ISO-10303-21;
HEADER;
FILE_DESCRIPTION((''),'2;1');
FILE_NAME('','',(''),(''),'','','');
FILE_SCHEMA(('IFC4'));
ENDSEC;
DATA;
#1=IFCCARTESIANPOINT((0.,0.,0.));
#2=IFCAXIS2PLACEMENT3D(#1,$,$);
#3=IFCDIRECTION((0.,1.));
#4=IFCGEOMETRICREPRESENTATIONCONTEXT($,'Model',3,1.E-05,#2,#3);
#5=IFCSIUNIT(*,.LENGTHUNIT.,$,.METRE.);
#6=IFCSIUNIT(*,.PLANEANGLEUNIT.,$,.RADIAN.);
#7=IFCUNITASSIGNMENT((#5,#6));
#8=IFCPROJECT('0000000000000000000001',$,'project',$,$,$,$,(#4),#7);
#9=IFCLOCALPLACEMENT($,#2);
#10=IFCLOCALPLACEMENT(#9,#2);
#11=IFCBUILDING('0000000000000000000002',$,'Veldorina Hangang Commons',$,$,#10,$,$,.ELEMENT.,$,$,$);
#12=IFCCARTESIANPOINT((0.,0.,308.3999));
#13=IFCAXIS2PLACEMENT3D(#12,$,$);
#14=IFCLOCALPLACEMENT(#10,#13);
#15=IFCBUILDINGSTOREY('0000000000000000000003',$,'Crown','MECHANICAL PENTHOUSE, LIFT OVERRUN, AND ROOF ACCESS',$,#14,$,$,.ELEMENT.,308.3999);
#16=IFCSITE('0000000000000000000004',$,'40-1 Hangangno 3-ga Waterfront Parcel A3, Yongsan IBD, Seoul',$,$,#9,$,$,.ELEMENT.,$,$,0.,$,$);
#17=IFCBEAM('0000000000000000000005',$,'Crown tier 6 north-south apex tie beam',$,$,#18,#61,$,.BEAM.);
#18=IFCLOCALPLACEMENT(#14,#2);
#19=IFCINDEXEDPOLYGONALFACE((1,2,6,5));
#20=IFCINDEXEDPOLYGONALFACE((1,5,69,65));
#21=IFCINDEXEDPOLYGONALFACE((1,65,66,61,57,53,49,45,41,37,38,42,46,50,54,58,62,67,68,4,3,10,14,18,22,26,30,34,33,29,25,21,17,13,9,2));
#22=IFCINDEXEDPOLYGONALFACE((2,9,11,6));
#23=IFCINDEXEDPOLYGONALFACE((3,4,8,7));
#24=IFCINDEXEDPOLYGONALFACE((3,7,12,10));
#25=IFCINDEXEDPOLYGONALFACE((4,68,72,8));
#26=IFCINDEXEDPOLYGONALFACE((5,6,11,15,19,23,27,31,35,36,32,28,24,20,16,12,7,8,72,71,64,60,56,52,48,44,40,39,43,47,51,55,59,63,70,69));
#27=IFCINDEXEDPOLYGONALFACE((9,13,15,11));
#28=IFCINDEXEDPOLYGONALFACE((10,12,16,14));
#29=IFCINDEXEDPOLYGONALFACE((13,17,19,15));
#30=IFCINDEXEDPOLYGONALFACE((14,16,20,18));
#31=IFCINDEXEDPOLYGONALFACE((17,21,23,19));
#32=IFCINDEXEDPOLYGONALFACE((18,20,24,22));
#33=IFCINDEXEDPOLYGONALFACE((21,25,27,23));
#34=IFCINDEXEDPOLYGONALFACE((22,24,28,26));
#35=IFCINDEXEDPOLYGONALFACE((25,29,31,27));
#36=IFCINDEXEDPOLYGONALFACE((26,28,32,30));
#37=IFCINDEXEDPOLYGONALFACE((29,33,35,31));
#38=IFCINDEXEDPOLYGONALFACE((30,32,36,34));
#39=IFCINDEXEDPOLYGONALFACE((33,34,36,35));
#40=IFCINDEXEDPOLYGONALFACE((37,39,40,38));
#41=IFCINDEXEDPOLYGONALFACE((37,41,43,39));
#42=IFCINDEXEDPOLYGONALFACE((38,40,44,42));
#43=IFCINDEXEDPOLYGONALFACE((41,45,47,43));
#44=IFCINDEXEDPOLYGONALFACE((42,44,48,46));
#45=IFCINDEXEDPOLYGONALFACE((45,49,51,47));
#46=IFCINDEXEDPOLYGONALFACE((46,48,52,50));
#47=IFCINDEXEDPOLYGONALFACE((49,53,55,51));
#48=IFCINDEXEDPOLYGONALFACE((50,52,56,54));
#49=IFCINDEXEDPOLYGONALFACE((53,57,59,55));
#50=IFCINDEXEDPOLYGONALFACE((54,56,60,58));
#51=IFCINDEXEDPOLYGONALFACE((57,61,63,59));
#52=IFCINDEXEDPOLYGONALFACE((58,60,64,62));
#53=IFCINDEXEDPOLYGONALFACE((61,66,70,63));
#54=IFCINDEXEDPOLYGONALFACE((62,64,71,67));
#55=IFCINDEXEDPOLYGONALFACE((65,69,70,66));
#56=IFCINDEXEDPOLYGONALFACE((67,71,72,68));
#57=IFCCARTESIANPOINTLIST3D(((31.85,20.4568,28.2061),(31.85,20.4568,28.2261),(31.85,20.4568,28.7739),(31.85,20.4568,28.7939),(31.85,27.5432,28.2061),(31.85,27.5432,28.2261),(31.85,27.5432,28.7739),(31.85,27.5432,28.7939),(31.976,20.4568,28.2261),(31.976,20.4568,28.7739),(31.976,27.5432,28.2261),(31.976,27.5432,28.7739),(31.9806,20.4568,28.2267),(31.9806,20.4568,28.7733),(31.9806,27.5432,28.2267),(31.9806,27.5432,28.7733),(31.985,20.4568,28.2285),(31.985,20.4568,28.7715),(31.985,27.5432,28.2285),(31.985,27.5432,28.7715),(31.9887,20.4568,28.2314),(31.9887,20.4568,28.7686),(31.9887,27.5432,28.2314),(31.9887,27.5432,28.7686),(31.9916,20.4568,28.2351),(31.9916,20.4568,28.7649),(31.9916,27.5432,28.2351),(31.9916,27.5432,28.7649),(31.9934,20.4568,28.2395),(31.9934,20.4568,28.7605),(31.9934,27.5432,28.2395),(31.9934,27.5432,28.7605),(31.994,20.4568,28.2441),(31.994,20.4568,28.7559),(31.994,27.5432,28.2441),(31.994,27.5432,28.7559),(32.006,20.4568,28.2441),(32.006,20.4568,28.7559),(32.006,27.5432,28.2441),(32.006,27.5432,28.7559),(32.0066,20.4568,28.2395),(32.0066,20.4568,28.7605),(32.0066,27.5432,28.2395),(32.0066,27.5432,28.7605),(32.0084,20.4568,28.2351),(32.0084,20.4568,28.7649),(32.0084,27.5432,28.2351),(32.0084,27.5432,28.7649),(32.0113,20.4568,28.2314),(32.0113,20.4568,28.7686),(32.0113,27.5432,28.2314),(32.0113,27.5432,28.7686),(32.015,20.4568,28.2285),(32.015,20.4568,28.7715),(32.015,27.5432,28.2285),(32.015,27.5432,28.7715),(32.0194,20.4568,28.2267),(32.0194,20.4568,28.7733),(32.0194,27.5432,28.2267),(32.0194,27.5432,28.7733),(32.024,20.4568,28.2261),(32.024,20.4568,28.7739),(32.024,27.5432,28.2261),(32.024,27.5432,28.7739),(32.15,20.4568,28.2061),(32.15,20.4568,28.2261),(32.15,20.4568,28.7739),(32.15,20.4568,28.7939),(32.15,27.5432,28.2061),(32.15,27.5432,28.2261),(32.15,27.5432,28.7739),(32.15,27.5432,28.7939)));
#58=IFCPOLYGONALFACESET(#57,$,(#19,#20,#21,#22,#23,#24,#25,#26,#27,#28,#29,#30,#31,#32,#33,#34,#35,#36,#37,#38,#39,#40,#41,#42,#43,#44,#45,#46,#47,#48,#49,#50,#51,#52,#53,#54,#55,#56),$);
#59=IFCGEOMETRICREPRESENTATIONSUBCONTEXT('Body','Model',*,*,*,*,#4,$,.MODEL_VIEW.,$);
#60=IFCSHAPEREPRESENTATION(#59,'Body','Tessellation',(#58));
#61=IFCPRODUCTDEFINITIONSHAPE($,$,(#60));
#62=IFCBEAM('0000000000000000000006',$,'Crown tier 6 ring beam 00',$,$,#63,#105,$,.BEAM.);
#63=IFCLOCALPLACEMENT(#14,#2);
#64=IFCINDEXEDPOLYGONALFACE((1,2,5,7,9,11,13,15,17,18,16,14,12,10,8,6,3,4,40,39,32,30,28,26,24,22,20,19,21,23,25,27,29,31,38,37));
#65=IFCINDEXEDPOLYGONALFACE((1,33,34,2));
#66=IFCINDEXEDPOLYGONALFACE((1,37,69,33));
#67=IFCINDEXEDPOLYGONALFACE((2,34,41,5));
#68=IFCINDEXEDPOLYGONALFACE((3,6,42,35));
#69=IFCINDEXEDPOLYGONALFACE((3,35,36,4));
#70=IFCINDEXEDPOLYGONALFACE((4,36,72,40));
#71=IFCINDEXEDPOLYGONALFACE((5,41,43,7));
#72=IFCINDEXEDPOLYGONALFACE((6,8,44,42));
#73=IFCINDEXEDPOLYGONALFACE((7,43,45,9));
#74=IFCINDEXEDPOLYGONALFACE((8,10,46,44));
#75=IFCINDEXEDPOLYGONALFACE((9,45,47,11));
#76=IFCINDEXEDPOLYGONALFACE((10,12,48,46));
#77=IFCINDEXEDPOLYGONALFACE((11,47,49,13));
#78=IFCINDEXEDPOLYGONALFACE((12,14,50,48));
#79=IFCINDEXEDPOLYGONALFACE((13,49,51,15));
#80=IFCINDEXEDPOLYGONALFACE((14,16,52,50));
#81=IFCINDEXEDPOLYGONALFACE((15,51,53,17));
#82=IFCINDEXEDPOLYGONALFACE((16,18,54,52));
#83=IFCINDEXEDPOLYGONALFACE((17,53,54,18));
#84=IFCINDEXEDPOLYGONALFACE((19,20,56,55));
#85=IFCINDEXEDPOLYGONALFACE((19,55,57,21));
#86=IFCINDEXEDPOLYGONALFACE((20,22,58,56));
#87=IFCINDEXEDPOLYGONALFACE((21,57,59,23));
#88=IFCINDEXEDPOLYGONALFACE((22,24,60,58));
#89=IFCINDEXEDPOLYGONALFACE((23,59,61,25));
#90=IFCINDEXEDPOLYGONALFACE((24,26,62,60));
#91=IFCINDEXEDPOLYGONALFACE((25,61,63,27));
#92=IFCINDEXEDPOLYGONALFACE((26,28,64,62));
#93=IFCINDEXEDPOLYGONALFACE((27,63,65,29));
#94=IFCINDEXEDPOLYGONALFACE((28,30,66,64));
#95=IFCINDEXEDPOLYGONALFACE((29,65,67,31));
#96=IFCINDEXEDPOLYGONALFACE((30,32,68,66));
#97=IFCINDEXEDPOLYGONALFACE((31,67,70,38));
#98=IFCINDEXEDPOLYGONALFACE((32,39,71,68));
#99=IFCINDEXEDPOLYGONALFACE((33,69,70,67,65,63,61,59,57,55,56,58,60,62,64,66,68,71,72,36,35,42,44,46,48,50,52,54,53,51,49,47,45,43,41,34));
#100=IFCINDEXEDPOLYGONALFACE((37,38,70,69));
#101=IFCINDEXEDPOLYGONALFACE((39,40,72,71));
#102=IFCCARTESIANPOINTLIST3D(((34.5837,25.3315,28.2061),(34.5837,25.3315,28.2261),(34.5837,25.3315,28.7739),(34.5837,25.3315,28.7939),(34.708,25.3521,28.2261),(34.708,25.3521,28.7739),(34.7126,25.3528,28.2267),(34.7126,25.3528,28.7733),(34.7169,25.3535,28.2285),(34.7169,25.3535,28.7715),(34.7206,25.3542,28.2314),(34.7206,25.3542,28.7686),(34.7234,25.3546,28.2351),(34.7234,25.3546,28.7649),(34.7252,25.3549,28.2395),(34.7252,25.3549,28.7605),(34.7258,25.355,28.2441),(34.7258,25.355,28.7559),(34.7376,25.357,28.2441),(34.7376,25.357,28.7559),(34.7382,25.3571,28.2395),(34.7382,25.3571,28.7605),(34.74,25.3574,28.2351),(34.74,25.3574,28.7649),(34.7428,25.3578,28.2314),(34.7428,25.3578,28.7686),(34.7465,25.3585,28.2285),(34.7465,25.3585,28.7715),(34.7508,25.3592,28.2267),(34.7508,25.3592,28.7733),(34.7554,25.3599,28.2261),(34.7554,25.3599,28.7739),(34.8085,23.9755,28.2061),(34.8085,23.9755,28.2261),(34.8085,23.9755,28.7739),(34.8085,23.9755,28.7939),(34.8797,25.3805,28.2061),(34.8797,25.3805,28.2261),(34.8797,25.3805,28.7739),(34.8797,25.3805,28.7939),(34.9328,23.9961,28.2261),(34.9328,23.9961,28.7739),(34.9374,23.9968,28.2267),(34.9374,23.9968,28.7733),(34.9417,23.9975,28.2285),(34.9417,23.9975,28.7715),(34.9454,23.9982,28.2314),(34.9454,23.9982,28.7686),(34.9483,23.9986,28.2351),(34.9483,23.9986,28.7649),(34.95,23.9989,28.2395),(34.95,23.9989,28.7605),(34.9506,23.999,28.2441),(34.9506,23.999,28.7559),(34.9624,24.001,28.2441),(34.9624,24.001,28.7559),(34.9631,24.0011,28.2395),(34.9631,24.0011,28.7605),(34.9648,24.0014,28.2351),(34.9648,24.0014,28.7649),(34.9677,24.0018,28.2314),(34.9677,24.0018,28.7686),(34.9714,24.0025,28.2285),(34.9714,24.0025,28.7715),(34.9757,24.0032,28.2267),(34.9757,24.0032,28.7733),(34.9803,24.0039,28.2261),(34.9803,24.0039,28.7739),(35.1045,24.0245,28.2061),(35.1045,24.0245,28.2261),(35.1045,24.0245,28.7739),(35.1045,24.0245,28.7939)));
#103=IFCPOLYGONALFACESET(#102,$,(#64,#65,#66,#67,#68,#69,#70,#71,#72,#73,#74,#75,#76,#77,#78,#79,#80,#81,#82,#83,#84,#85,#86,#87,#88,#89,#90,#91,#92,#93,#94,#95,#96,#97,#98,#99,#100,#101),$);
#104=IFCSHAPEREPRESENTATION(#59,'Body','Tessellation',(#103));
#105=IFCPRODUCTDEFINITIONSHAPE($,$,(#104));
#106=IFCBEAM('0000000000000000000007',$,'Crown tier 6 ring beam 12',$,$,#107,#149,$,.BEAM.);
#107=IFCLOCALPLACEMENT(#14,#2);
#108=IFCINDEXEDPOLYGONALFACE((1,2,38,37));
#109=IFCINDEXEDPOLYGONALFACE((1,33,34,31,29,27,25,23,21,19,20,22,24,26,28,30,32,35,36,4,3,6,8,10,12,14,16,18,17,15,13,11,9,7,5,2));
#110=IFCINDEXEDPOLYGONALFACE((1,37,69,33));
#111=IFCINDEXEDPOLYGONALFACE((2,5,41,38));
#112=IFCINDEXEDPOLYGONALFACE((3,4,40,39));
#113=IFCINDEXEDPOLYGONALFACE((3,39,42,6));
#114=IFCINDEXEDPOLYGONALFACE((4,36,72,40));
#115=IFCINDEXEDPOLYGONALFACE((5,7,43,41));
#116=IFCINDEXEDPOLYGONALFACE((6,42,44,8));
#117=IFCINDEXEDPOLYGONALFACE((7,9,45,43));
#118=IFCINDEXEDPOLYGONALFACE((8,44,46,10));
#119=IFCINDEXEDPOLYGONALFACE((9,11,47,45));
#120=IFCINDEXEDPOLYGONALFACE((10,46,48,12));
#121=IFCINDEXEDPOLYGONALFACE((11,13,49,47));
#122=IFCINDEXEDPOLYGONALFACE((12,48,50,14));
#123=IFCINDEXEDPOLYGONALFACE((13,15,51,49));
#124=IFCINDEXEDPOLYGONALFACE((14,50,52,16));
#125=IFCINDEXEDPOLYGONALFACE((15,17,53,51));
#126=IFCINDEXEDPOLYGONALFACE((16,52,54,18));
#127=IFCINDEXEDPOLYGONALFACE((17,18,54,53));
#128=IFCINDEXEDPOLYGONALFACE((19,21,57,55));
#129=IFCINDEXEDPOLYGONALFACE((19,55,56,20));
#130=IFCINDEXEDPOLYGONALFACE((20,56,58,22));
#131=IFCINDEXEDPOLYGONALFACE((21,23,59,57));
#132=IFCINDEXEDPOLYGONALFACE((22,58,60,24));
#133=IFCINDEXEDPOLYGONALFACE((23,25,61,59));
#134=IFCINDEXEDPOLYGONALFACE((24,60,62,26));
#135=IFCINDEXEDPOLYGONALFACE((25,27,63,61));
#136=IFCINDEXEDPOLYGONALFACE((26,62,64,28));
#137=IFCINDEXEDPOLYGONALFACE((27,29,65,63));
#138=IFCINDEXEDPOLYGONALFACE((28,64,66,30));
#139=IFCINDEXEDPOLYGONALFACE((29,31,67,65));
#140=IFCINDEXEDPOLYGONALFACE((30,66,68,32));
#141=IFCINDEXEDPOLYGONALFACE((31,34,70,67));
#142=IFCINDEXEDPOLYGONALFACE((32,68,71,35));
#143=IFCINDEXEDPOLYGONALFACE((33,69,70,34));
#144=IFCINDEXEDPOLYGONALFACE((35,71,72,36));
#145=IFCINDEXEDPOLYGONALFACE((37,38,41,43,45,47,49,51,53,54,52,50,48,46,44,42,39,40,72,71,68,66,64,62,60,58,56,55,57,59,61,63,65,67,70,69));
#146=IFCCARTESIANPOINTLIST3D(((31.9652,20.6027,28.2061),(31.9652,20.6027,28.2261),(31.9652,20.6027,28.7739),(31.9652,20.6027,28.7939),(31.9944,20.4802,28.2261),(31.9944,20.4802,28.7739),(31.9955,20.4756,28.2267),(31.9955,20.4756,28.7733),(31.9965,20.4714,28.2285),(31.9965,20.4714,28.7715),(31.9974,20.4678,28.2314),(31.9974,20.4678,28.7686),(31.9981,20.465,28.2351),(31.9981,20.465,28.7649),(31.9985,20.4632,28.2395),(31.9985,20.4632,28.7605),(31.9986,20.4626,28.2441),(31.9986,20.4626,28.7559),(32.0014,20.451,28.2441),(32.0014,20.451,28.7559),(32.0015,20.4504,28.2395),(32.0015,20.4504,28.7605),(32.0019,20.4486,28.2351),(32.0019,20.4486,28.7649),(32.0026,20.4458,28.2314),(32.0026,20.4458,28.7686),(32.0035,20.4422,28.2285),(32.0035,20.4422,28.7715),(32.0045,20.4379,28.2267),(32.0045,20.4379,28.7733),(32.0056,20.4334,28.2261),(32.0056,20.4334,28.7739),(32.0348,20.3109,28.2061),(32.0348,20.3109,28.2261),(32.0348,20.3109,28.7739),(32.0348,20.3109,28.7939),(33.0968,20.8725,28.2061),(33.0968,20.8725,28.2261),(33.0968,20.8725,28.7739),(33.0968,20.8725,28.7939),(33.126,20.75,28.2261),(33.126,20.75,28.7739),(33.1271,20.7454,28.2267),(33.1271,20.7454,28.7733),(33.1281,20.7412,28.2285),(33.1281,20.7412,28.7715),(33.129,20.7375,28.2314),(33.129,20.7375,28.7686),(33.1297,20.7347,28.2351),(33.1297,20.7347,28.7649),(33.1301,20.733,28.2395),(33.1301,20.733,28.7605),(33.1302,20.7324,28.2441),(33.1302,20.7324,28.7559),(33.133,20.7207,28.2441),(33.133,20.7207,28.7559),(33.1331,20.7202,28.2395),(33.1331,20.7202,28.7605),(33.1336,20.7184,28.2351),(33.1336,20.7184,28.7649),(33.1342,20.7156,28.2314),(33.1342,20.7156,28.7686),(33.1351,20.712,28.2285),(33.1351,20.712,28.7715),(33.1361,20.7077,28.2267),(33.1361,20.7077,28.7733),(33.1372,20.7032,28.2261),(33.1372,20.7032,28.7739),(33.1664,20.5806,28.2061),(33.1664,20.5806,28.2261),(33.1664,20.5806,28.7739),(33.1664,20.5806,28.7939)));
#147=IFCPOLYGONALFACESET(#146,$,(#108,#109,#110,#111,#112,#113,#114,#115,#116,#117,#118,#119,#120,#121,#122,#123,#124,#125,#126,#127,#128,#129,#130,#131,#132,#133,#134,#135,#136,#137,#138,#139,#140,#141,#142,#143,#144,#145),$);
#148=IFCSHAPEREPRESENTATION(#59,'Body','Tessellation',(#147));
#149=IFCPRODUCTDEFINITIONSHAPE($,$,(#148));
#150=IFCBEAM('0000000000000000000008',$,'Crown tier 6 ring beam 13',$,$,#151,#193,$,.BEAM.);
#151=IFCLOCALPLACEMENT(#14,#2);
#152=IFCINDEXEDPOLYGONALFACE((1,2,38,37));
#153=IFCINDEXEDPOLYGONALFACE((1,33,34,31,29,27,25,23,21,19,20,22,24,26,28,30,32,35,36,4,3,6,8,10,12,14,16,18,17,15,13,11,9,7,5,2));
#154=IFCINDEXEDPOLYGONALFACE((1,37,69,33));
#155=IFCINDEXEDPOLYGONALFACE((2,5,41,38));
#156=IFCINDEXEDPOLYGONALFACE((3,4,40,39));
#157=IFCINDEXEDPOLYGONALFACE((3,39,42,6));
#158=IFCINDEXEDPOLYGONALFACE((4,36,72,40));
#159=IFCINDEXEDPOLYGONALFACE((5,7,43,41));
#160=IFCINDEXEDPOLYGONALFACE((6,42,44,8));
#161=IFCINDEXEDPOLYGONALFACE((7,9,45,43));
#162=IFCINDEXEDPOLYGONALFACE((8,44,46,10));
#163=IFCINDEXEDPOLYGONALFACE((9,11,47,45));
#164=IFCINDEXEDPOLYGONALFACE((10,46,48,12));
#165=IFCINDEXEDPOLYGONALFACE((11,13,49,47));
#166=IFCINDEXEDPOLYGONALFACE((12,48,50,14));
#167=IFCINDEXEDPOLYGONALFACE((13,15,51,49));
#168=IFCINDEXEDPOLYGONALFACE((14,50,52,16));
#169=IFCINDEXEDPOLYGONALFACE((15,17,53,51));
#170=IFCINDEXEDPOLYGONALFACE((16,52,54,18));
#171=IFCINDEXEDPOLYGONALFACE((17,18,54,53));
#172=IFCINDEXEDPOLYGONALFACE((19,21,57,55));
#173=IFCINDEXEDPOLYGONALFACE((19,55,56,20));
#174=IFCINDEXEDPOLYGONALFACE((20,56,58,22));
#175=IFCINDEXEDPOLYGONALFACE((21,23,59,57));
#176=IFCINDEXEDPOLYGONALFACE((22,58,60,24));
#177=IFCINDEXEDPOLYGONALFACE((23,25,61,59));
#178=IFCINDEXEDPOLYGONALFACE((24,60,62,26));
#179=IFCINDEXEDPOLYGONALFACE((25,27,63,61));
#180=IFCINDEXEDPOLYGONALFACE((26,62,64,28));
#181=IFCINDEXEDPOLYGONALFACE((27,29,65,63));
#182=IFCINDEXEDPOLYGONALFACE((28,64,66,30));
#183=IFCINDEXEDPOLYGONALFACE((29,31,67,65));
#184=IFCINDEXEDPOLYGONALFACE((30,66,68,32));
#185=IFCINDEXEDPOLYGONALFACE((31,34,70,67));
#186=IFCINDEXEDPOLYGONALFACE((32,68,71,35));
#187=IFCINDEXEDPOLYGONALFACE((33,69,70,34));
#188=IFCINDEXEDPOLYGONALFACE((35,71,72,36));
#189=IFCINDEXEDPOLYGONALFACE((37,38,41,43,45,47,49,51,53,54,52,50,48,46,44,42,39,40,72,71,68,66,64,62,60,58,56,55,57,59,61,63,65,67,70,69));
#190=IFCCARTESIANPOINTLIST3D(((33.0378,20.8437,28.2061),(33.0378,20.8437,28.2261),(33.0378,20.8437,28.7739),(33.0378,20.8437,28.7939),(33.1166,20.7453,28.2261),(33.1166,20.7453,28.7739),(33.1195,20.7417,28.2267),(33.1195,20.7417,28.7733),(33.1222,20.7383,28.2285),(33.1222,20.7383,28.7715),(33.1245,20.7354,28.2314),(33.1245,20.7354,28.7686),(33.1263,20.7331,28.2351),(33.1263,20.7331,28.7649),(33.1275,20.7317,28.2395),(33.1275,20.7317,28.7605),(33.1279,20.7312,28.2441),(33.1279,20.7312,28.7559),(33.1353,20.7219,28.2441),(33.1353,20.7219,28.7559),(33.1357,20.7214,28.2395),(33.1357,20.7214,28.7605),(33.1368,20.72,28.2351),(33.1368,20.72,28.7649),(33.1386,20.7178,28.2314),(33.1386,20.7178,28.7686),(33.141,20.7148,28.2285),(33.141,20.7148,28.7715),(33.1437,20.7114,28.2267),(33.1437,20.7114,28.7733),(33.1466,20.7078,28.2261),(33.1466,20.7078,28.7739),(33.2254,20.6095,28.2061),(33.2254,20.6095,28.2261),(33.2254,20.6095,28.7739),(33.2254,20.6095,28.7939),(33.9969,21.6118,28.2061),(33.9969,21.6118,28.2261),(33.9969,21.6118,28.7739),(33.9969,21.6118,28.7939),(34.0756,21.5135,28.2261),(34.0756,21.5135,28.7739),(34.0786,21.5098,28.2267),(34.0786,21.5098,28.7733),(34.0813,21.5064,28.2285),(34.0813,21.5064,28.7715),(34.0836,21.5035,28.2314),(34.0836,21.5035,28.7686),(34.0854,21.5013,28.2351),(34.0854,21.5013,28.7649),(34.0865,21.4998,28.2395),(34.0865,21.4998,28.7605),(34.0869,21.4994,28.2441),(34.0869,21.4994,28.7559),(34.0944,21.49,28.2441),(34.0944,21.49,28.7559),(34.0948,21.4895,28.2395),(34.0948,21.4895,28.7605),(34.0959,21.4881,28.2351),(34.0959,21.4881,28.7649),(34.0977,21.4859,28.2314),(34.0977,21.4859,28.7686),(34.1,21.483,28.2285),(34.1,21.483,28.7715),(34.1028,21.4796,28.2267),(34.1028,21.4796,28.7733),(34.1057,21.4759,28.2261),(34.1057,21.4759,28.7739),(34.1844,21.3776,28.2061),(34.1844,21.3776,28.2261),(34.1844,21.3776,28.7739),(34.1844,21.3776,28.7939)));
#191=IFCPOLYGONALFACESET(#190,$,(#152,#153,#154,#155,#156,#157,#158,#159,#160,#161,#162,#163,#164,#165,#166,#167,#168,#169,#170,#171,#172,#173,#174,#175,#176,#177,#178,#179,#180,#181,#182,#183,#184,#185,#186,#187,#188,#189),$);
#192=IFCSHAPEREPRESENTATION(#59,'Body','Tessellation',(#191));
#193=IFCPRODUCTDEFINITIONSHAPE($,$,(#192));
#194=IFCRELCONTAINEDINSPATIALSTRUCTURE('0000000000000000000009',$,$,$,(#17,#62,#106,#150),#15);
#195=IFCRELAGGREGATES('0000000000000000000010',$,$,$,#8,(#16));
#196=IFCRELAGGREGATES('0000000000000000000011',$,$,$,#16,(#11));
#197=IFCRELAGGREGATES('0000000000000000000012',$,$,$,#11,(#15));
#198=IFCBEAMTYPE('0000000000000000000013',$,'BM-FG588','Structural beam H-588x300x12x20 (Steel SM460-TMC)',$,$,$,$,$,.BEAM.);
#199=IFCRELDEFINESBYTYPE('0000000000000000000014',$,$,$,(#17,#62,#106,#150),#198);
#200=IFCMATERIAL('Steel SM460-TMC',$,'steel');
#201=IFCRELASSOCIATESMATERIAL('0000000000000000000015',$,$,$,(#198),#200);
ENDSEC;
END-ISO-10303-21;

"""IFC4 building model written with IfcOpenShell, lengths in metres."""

from ifc_helpers import new_model, si_unit, direction, frame, origin, origin_2d, place, context, subcontext, project, spatial, i_section, extrude, material, material_profile, profile_set, type_object, element, save


model = new_model("IFC4")

# Units and contexts
model_context = context("Model", 3, precision=1e-05, world=origin(), true_north=direction((0.0, 1.0)))
body_context = subcontext(model_context, "Body", "Model", "MODEL_VIEW")
ifc_project = project(units=[si_unit("LENGTHUNIT", "METRE"), si_unit("PLANEANGLEUNIT", "RADIAN")], contexts=[model_context])

# Site, building, storey
site_placement = place(None, origin())
site = spatial("IfcSite", under=ifc_project, at=site_placement, Name="40-1 Hangangno 3-ga Waterfront Parcel A3, Yongsan IBD, Seoul", CompositionType="ELEMENT", RefElevation=0.0)
building_placement = place(site_placement, origin())
building = spatial("IfcBuilding", under=site, at=building_placement, Name="Veldorina Hangang Commons", CompositionType="ELEMENT")
storey_placement = place(building_placement, frame((0.0, 0.0, 308.3999)))
storey = spatial("IfcBuildingStorey", under=building, at=storey_placement, Name="Crown", Description="MECHANICAL PENTHOUSE, LIFT OVERRUN, AND ROOF ACCESS", CompositionType="ELEMENT", Elevation=308.3999)

# Beams
ifc_material_1 = material(Name="Steel SM460-TMC", Category="steel")
ifc_material_profile_1 = material_profile(ifc_material_1, i_section(OverallWidth=0.3, OverallDepth=0.5879, WebThickness=0.012, FlangeThickness=0.02, FilletRadius=0.0181, at=origin_2d()), Name="H-588x300x12x20")
ifc_profile_set_1 = profile_set([ifc_material_profile_1], Name="Steel SM460-TMC")
beam_type = type_object("IfcBeamType", Name="BM-FG588", Description="Structural beam H-588x300x12x20 (Steel SM460-TMC)", PredefinedType="BEAM", material=ifc_profile_set_1)
beam_1_placement = place(storey_placement, frame((32.0, 20.4568, 28.5), z_axis=(0.0, 1.0, 0.0), x_axis=(-1.0, 0.0, 0.0)))
element("IfcBeam", 1, at=beam_1_placement, inside=storey, type_object=beam_type, Name="Crown tier 6 north-south apex tie beam", PredefinedType="BEAM", context=body_context, shape_type="SweptSolid", body=[
    extrude(i_section(OverallWidth=0.3, OverallDepth=0.5879, WebThickness=0.012, FlangeThickness=0.02, FilletRadius=0.0181, at=origin_2d()), origin(), (0.0, 0.0, 1.0), 7.0864),
])
beam_2_placement = place(storey_placement, frame((34.9565, 24.0, 28.5), z_axis=(-0.163592, 0.986528, 0.0), x_axis=(-0.986528, -0.163592, 0.0)))
element("IfcBeam", 2, at=beam_2_placement, inside=storey, type_object=beam_type, Name="Crown tier 6 ring beam 00", PredefinedType="BEAM", context=body_context, shape_type="SweptSolid", body=[
    extrude(i_section(OverallWidth=0.3, OverallDepth=0.5879, WebThickness=0.012, FlangeThickness=0.02, FilletRadius=0.0181, at=origin_2d()), origin(), (0.0, 0.0, 1.0), 1.3745),
])
beam_3_placement = place(storey_placement, frame((32.0, 20.4568, 28.5), z_axis=(0.972739, 0.231904, 0.0), x_axis=(-0.231904, 0.972739, 0.0)))
element("IfcBeam", 3, at=beam_3_placement, inside=storey, type_object=beam_type, Name="Crown tier 6 ring beam 12", PredefinedType="BEAM", context=body_context, shape_type="SweptSolid", body=[
    extrude(i_section(OverallWidth=0.3, OverallDepth=0.5879, WebThickness=0.012, FlangeThickness=0.02, FilletRadius=0.0181, at=origin_2d()), origin(), (0.0, 0.0, 1.0), 1.1633),
])
beam_4_placement = place(storey_placement, frame((33.1316, 20.7266, 28.5), z_axis=(0.78052, 0.625131, 0.0), x_axis=(-0.625131, 0.78052, 0.0)))
element("IfcBeam", 4, at=beam_4_placement, inside=storey, type_object=beam_type, Name="Crown tier 6 ring beam 13", PredefinedType="BEAM", context=body_context, shape_type="SweptSolid", body=[
    extrude(i_section(OverallWidth=0.3, OverallDepth=0.5879, WebThickness=0.012, FlangeThickness=0.02, FilletRadius=0.0181, at=origin_2d()), origin(), (0.0, 0.0, 1.0), 1.2288),
])

save(model, "model.ifc")
